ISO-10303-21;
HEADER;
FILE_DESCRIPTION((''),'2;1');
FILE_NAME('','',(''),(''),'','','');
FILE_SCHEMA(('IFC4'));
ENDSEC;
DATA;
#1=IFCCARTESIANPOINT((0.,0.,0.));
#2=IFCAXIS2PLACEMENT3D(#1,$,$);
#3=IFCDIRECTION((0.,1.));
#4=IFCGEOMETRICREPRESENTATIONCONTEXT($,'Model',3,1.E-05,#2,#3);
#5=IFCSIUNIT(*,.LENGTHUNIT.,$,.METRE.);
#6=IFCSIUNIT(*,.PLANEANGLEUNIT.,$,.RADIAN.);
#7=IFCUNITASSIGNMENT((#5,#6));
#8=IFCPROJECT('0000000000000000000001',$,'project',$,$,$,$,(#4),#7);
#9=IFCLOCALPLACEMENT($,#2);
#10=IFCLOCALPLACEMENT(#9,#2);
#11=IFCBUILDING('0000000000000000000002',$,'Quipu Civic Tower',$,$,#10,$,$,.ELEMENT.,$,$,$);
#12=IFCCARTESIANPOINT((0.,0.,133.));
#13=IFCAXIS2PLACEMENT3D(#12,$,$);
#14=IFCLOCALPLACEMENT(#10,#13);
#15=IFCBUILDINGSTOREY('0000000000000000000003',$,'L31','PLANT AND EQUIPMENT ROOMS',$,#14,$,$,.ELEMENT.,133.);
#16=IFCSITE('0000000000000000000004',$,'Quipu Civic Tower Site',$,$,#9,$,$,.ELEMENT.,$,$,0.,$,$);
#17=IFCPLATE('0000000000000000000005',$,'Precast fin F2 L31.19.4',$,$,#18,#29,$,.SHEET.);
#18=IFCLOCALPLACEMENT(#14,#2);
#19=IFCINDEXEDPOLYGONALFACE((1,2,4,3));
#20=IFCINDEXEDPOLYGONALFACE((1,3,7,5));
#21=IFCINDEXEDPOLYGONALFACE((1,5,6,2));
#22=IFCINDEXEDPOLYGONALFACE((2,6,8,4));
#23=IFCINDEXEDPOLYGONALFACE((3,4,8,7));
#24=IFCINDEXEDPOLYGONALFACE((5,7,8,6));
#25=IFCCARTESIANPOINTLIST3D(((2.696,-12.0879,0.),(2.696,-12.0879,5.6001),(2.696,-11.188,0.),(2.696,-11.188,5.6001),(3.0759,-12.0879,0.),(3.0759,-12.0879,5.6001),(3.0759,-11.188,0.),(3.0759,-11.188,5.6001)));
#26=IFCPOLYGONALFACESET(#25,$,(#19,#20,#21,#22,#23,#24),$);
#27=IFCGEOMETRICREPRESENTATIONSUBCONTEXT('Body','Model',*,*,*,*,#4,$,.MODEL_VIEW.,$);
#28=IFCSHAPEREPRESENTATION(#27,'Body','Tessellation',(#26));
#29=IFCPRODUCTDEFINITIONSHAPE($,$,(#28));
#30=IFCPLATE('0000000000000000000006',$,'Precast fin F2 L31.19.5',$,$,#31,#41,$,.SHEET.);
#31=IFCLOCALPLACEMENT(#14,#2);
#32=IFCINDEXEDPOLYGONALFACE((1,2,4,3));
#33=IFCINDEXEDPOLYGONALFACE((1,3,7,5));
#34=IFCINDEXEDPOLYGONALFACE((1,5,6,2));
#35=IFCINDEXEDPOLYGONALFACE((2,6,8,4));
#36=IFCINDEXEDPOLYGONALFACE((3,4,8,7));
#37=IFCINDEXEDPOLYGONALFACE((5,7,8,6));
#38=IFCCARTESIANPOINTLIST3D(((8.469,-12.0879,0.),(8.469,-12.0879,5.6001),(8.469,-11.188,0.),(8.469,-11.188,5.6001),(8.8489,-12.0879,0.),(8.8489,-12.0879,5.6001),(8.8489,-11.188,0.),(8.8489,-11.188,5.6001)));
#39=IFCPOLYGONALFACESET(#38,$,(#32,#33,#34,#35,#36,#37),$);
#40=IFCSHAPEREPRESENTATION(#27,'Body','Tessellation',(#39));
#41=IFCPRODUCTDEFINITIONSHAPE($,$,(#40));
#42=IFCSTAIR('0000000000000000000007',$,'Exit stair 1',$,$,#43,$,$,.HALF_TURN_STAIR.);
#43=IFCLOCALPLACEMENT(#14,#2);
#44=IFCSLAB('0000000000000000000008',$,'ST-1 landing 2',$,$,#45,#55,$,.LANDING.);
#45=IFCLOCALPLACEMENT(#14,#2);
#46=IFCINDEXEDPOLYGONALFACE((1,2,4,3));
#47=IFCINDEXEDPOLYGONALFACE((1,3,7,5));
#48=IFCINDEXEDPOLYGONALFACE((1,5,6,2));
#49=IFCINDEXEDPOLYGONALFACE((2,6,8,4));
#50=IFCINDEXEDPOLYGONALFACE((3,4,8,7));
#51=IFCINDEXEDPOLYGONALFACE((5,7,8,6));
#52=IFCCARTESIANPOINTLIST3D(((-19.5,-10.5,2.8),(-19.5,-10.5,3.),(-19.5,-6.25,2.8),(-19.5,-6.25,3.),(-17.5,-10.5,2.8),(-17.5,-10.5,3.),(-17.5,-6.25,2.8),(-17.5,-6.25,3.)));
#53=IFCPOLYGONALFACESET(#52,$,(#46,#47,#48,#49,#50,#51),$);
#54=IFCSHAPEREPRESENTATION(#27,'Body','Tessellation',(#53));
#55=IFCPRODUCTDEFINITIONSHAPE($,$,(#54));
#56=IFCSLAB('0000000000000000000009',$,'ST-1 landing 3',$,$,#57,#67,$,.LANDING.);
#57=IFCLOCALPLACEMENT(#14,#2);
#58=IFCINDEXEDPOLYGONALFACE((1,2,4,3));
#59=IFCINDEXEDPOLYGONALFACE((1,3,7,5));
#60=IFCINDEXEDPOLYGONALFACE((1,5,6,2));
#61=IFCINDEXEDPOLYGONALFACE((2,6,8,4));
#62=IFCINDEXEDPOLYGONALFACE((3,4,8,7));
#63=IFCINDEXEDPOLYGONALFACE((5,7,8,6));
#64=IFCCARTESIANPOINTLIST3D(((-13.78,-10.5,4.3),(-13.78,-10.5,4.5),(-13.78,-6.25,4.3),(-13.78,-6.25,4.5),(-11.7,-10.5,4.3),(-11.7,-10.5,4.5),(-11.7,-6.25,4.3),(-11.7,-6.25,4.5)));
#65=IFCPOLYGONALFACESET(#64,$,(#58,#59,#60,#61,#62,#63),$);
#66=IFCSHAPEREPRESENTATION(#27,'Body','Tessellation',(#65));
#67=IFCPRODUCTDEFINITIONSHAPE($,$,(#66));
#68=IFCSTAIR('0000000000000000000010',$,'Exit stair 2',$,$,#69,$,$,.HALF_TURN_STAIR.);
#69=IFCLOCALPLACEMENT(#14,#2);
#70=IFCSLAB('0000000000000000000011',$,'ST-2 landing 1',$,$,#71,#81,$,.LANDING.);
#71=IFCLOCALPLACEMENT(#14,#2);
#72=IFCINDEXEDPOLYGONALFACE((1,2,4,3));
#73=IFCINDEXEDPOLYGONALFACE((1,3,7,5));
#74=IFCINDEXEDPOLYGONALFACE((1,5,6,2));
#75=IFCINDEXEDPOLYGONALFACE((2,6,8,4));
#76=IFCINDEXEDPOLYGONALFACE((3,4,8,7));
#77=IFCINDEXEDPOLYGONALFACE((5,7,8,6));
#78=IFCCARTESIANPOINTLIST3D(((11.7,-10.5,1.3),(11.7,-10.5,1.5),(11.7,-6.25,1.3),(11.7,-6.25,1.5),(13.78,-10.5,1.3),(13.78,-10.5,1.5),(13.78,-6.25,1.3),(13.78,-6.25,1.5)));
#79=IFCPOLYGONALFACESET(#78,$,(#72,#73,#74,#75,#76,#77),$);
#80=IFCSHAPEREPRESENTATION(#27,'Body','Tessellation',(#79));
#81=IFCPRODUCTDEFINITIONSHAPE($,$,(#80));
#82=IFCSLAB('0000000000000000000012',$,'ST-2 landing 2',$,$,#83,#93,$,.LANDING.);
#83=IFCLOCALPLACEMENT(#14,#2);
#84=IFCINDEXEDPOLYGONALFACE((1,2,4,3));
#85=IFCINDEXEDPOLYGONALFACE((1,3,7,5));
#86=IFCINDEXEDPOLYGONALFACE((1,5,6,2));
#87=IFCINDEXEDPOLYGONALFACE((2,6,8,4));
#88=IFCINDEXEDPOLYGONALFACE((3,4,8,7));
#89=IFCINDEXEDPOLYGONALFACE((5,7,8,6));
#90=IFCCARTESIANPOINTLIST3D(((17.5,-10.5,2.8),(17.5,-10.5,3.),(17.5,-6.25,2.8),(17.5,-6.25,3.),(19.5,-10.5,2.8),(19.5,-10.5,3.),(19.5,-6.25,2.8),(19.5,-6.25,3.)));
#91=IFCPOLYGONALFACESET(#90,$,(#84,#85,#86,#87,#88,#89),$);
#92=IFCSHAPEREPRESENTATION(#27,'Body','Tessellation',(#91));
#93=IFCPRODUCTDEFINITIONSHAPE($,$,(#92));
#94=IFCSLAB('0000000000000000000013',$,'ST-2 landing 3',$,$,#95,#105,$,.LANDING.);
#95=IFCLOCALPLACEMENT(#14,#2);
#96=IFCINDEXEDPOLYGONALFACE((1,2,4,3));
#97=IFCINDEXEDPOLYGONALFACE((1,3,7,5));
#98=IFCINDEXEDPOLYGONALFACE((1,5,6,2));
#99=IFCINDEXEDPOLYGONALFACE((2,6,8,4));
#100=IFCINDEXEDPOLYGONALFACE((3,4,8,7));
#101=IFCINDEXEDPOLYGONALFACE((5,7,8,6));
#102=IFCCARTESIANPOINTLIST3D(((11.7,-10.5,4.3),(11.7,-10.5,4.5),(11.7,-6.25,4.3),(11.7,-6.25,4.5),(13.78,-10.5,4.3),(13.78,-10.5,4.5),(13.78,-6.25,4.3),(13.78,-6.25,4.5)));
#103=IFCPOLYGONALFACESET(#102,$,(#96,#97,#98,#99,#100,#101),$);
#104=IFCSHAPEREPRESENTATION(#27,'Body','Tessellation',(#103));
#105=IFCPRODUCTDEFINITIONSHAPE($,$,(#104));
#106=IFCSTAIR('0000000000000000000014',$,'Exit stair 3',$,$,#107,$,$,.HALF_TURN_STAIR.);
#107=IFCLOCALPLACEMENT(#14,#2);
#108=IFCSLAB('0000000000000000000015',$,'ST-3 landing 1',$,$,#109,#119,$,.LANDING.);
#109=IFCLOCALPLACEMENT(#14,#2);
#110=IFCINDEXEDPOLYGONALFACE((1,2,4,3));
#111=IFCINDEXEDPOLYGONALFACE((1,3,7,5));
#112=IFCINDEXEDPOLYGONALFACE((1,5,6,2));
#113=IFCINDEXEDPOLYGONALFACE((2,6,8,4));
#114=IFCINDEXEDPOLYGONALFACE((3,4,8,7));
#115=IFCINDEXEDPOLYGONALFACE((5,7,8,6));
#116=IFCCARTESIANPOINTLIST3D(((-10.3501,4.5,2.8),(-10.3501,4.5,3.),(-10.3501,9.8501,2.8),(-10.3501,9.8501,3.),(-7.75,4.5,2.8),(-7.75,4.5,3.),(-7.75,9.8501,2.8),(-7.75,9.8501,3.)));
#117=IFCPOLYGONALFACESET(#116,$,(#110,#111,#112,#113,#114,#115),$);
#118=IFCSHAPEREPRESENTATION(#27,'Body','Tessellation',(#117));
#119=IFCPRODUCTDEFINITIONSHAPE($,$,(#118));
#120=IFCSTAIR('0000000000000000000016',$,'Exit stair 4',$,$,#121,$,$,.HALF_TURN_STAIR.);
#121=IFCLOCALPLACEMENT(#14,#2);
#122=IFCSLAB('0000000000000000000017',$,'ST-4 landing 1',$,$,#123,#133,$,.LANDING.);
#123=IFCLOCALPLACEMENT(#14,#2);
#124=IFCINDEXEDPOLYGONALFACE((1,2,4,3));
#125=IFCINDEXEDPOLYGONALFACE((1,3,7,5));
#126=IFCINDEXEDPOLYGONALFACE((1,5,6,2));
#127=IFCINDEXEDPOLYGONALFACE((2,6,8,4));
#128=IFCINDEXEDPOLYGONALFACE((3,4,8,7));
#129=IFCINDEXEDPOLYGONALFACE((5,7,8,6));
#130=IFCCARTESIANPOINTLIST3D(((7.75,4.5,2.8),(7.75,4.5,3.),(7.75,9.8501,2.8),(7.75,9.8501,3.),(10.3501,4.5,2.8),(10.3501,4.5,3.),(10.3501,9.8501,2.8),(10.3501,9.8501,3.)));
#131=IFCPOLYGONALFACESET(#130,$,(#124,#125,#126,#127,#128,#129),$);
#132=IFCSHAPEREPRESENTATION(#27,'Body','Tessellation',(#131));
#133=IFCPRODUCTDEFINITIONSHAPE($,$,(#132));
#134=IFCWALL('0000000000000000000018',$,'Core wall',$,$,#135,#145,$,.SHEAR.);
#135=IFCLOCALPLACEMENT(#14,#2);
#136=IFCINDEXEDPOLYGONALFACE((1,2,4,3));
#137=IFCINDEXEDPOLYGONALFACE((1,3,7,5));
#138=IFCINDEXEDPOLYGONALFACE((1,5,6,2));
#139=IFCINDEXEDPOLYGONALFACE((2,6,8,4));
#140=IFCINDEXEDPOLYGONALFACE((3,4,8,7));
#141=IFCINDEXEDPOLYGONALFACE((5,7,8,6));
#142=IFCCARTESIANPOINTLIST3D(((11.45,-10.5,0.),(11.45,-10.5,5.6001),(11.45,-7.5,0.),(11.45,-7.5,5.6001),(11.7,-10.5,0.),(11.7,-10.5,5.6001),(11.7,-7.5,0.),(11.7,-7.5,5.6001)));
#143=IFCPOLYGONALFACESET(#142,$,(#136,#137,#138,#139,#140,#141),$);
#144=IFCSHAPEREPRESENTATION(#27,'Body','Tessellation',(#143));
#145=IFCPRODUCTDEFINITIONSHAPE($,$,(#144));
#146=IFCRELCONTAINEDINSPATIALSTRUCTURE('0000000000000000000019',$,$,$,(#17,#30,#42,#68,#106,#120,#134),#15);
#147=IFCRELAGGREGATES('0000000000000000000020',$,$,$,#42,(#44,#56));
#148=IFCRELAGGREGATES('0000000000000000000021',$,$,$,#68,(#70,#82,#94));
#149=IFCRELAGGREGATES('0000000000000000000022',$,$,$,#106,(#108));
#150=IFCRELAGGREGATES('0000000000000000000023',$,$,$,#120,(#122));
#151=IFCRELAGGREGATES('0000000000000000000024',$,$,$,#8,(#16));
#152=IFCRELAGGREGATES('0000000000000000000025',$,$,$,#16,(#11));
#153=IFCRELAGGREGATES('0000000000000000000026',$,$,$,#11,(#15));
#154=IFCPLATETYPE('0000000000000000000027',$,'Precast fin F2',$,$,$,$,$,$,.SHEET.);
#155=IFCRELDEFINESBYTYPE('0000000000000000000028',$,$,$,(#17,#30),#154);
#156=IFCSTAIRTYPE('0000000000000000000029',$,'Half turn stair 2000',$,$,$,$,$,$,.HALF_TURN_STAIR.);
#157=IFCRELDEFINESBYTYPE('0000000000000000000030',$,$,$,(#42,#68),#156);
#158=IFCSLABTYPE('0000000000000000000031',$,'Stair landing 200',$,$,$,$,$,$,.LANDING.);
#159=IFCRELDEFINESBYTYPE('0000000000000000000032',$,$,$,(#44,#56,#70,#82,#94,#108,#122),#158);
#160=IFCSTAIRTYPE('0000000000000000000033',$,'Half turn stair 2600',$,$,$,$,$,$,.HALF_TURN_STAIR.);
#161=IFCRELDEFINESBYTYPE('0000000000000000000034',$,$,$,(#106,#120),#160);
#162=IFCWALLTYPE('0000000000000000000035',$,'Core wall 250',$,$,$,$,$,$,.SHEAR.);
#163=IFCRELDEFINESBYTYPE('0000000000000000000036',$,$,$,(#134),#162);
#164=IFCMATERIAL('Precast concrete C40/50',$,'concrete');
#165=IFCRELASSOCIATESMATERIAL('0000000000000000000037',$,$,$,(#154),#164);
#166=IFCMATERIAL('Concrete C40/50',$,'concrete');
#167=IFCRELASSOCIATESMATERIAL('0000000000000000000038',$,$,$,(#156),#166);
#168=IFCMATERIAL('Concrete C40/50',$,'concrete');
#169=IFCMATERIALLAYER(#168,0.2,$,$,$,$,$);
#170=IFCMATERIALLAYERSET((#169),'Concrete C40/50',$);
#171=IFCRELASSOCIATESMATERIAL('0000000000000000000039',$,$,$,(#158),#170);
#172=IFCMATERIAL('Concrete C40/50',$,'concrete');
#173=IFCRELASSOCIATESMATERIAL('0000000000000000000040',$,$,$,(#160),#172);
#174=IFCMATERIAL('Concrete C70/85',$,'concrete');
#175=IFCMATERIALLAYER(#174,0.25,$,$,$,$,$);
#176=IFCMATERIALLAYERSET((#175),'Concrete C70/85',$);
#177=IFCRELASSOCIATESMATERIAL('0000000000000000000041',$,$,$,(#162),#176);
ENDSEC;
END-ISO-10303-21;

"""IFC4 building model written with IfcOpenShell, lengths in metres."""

from ifc_helpers import new_model, si_unit, direction, frame, frame_2d, origin, origin_2d, place, context, subcontext, project, spatial, polyline, rectangle, outline, extrude, material, layer, layer_set, type_object, element, aggregate, save


model = new_model("IFC4")

# Units and contexts
model_context = context("Model", 3, precision=1e-05, world=origin(), true_north=direction((0.0, 1.0)))
body_context = subcontext(model_context, "Body", "Model", "MODEL_VIEW")
ifc_project = project(units=[si_unit("LENGTHUNIT", "METRE"), si_unit("PLANEANGLEUNIT", "RADIAN")], contexts=[model_context])

# Site, building, storey
site_placement = place(None, origin())
site = spatial("IfcSite", under=ifc_project, at=site_placement, Name="Quipu Civic Tower Site", CompositionType="ELEMENT", RefElevation=0.0)
building_placement = place(site_placement, origin())
building = spatial("IfcBuilding", under=site, at=building_placement, Name="Quipu Civic Tower", CompositionType="ELEMENT")
storey_placement = place(building_placement, frame((0.0, 0.0, 133.0)))
storey = spatial("IfcBuildingStorey", under=building, at=storey_placement, Name="L31", Description="PLANT AND EQUIPMENT ROOMS", CompositionType="ELEMENT", Elevation=133.0)

# Plates
ifc_material_1 = material(Name="Precast concrete C40/50", Category="concrete")
plate_type = type_object("IfcPlateType", Name="Precast fin F2", PredefinedType="SHEET", material=ifc_material_1)
for number, where, z_axis, x_axis, name in (
    (1, (2.886, -11.6379, 0.0), (0.0, 0.0, 1.0), (1.0, 0.0, 0.0), "Precast fin F2 L31.19.4"),
    (2, (8.6589, -11.6379, 0.0), (0.0, 0.0, 1.0), (1.0, 0.0, 0.0), "Precast fin F2 L31.19.5"),
):
    element("IfcPlate", number, at=place(storey_placement, frame(where, z_axis=z_axis, x_axis=x_axis)), inside=storey, type_object=plate_type, Name=name, PredefinedType="SHEET", context=body_context, shape_type="SweptSolid", body=[
        extrude(rectangle(XDim=0.3799, YDim=0.8999, at=origin_2d()), origin(), (0.0, 0.0, 1.0), 5.6001),
    ])

# Stairs, slabs
ifc_material_2 = material(Name="Concrete C40/50", Category="concrete")
stair_type_1 = type_object("IfcStairType", Name="Half turn stair 2000", PredefinedType="HALF_TURN_STAIR", material=ifc_material_2)
stair_1_placement = place(storey_placement, origin())
stair_1 = element("IfcStair", 3, at=stair_1_placement, inside=storey, type_object=stair_type_1, Name="Exit stair 1", PredefinedType="HALF_TURN_STAIR")
ifc_material_3 = material(Name="Concrete C40/50", Category="concrete")
ifc_layer_1 = layer(ifc_material_3, 0.2)
ifc_layer_set_1 = layer_set([ifc_layer_1], Name="Concrete C40/50")
slab_type = type_object("IfcSlabType", Name="Stair landing 200", PredefinedType="LANDING", material=ifc_layer_set_1)
slab_1_placement = place(storey_placement, frame((0.0, 0.0, 2.8)))
slab_1 = element("IfcSlab", 4, at=slab_1_placement, type_object=slab_type, Name="ST-1 landing 2", PredefinedType="LANDING", context=body_context, shape_type="SweptSolid", body=[
    extrude(outline(polyline([(-19.5, -10.5), (-17.5, -10.5), (-17.5, -6.25), (-19.5, -6.25), (-19.5, -10.5)])), origin(), (0.0, 0.0, 1.0), 0.2),
])
slab_2_placement = place(storey_placement, frame((0.0, 0.0, 4.3)))
slab_2 = element("IfcSlab", 5, at=slab_2_placement, type_object=slab_type, Name="ST-1 landing 3", PredefinedType="LANDING", context=body_context, shape_type="SweptSolid", body=[
    extrude(outline(polyline([(-13.78, -10.5), (-11.7, -10.5), (-11.7, -6.25), (-13.78, -6.25), (-13.78, -10.5)])), origin(), (0.0, 0.0, 1.0), 0.2),
])
aggregate(stair_1, [slab_1, slab_2])
stair_2_placement = place(storey_placement, origin())
stair_2 = element("IfcStair", 6, at=stair_2_placement, inside=storey, type_object=stair_type_1, Name="Exit stair 2", PredefinedType="HALF_TURN_STAIR")
slab_3_placement = place(storey_placement, frame((0.0, 0.0, 1.3)))
slab_3 = element("IfcSlab", 7, at=slab_3_placement, type_object=slab_type, Name="ST-2 landing 1", PredefinedType="LANDING", context=body_context, shape_type="SweptSolid", body=[
    extrude(outline(polyline([(13.78, -6.25), (11.7, -6.25), (11.7, -10.5), (13.78, -10.5), (13.78, -6.25)])), origin(), (0.0, 0.0, 1.0), 0.2),
])
slab_4_placement = place(storey_placement, frame((0.0, 0.0, 2.8)))
slab_4 = element("IfcSlab", 8, at=slab_4_placement, type_object=slab_type, Name="ST-2 landing 2", PredefinedType="LANDING", context=body_context, shape_type="SweptSolid", body=[
    extrude(outline(polyline([(19.5, -6.25), (17.5, -6.25), (17.5, -10.5), (19.5, -10.5), (19.5, -6.25)])), origin(), (0.0, 0.0, 1.0), 0.2),
])
slab_5_placement = place(storey_placement, frame((0.0, 0.0, 4.3)))
slab_5 = element("IfcSlab", 9, at=slab_5_placement, type_object=slab_type, Name="ST-2 landing 3", PredefinedType="LANDING", context=body_context, shape_type="SweptSolid", body=[
    extrude(outline(polyline([(13.78, -6.25), (11.7, -6.25), (11.7, -10.5), (13.78, -10.5), (13.78, -6.25)])), origin(), (0.0, 0.0, 1.0), 0.2),
])
aggregate(stair_2, [slab_3, slab_4, slab_5])

# Stairs, slabs
ifc_material_4 = material(Name="Concrete C40/50", Category="concrete")
stair_type_2 = type_object("IfcStairType", Name="Half turn stair 2600", PredefinedType="HALF_TURN_STAIR", material=ifc_material_4)
stair_3_placement = place(storey_placement, origin())
stair_3 = element("IfcStair", 10, at=stair_3_placement, inside=storey, type_object=stair_type_2, Name="Exit stair 3", PredefinedType="HALF_TURN_STAIR")
slab_6_placement = place(storey_placement, frame((0.0, 0.0, 2.8)))
slab_6 = element("IfcSlab", 11, at=slab_6_placement, type_object=slab_type, Name="ST-3 landing 1", PredefinedType="LANDING", context=body_context, shape_type="SweptSolid", body=[
    extrude(outline(polyline([(-10.3501, 4.5), (-7.75, 4.5), (-7.75, 9.8501), (-10.3501, 9.8501), (-10.3501, 4.5)])), origin(), (0.0, 0.0, 1.0), 0.2),
])
aggregate(stair_3, [slab_6])
stair_4_placement = place(storey_placement, origin())
stair_4 = element("IfcStair", 12, at=stair_4_placement, inside=storey, type_object=stair_type_2, Name="Exit stair 4", PredefinedType="HALF_TURN_STAIR")
slab_7_placement = place(storey_placement, frame((0.0, 0.0, 2.8)))
slab_7 = element("IfcSlab", 13, at=slab_7_placement, type_object=slab_type, Name="ST-4 landing 1", PredefinedType="LANDING", context=body_context, shape_type="SweptSolid", body=[
    extrude(outline(polyline([(10.3501, 9.8501), (7.75, 9.8501), (7.75, 4.5), (10.3501, 4.5), (10.3501, 9.8501)])), origin(), (0.0, 0.0, 1.0), 0.2),
])
aggregate(stair_4, [slab_7])

# Wall
ifc_material_5 = material(Name="Concrete C70/85", Category="concrete")
ifc_layer_2 = layer(ifc_material_5, 0.25)
ifc_layer_set_2 = layer_set([ifc_layer_2], Name="Concrete C70/85")
wall_type_1 = type_object("IfcWallType", Name="Core wall 250", PredefinedType="SHEAR", material=ifc_layer_set_2)
wall_1_placement = place(storey_placement, frame((11.575, -10.5, 0.0), z_axis=(0.0, 0.0, 1.0), x_axis=(0.0, 1.0, 0.0)))
element("IfcWall", 14, at=wall_1_placement, inside=storey, type_object=wall_type_1, Name="Core wall", PredefinedType="SHEAR", context=body_context, shape_type="SweptSolid", body=[
    extrude(rectangle(XDim=3.0, YDim=0.25, at=frame_2d((1.5, 0.0))), origin(), (0.0, 0.0, 1.0), 5.6001),
])

save(model, "model.ifc")
